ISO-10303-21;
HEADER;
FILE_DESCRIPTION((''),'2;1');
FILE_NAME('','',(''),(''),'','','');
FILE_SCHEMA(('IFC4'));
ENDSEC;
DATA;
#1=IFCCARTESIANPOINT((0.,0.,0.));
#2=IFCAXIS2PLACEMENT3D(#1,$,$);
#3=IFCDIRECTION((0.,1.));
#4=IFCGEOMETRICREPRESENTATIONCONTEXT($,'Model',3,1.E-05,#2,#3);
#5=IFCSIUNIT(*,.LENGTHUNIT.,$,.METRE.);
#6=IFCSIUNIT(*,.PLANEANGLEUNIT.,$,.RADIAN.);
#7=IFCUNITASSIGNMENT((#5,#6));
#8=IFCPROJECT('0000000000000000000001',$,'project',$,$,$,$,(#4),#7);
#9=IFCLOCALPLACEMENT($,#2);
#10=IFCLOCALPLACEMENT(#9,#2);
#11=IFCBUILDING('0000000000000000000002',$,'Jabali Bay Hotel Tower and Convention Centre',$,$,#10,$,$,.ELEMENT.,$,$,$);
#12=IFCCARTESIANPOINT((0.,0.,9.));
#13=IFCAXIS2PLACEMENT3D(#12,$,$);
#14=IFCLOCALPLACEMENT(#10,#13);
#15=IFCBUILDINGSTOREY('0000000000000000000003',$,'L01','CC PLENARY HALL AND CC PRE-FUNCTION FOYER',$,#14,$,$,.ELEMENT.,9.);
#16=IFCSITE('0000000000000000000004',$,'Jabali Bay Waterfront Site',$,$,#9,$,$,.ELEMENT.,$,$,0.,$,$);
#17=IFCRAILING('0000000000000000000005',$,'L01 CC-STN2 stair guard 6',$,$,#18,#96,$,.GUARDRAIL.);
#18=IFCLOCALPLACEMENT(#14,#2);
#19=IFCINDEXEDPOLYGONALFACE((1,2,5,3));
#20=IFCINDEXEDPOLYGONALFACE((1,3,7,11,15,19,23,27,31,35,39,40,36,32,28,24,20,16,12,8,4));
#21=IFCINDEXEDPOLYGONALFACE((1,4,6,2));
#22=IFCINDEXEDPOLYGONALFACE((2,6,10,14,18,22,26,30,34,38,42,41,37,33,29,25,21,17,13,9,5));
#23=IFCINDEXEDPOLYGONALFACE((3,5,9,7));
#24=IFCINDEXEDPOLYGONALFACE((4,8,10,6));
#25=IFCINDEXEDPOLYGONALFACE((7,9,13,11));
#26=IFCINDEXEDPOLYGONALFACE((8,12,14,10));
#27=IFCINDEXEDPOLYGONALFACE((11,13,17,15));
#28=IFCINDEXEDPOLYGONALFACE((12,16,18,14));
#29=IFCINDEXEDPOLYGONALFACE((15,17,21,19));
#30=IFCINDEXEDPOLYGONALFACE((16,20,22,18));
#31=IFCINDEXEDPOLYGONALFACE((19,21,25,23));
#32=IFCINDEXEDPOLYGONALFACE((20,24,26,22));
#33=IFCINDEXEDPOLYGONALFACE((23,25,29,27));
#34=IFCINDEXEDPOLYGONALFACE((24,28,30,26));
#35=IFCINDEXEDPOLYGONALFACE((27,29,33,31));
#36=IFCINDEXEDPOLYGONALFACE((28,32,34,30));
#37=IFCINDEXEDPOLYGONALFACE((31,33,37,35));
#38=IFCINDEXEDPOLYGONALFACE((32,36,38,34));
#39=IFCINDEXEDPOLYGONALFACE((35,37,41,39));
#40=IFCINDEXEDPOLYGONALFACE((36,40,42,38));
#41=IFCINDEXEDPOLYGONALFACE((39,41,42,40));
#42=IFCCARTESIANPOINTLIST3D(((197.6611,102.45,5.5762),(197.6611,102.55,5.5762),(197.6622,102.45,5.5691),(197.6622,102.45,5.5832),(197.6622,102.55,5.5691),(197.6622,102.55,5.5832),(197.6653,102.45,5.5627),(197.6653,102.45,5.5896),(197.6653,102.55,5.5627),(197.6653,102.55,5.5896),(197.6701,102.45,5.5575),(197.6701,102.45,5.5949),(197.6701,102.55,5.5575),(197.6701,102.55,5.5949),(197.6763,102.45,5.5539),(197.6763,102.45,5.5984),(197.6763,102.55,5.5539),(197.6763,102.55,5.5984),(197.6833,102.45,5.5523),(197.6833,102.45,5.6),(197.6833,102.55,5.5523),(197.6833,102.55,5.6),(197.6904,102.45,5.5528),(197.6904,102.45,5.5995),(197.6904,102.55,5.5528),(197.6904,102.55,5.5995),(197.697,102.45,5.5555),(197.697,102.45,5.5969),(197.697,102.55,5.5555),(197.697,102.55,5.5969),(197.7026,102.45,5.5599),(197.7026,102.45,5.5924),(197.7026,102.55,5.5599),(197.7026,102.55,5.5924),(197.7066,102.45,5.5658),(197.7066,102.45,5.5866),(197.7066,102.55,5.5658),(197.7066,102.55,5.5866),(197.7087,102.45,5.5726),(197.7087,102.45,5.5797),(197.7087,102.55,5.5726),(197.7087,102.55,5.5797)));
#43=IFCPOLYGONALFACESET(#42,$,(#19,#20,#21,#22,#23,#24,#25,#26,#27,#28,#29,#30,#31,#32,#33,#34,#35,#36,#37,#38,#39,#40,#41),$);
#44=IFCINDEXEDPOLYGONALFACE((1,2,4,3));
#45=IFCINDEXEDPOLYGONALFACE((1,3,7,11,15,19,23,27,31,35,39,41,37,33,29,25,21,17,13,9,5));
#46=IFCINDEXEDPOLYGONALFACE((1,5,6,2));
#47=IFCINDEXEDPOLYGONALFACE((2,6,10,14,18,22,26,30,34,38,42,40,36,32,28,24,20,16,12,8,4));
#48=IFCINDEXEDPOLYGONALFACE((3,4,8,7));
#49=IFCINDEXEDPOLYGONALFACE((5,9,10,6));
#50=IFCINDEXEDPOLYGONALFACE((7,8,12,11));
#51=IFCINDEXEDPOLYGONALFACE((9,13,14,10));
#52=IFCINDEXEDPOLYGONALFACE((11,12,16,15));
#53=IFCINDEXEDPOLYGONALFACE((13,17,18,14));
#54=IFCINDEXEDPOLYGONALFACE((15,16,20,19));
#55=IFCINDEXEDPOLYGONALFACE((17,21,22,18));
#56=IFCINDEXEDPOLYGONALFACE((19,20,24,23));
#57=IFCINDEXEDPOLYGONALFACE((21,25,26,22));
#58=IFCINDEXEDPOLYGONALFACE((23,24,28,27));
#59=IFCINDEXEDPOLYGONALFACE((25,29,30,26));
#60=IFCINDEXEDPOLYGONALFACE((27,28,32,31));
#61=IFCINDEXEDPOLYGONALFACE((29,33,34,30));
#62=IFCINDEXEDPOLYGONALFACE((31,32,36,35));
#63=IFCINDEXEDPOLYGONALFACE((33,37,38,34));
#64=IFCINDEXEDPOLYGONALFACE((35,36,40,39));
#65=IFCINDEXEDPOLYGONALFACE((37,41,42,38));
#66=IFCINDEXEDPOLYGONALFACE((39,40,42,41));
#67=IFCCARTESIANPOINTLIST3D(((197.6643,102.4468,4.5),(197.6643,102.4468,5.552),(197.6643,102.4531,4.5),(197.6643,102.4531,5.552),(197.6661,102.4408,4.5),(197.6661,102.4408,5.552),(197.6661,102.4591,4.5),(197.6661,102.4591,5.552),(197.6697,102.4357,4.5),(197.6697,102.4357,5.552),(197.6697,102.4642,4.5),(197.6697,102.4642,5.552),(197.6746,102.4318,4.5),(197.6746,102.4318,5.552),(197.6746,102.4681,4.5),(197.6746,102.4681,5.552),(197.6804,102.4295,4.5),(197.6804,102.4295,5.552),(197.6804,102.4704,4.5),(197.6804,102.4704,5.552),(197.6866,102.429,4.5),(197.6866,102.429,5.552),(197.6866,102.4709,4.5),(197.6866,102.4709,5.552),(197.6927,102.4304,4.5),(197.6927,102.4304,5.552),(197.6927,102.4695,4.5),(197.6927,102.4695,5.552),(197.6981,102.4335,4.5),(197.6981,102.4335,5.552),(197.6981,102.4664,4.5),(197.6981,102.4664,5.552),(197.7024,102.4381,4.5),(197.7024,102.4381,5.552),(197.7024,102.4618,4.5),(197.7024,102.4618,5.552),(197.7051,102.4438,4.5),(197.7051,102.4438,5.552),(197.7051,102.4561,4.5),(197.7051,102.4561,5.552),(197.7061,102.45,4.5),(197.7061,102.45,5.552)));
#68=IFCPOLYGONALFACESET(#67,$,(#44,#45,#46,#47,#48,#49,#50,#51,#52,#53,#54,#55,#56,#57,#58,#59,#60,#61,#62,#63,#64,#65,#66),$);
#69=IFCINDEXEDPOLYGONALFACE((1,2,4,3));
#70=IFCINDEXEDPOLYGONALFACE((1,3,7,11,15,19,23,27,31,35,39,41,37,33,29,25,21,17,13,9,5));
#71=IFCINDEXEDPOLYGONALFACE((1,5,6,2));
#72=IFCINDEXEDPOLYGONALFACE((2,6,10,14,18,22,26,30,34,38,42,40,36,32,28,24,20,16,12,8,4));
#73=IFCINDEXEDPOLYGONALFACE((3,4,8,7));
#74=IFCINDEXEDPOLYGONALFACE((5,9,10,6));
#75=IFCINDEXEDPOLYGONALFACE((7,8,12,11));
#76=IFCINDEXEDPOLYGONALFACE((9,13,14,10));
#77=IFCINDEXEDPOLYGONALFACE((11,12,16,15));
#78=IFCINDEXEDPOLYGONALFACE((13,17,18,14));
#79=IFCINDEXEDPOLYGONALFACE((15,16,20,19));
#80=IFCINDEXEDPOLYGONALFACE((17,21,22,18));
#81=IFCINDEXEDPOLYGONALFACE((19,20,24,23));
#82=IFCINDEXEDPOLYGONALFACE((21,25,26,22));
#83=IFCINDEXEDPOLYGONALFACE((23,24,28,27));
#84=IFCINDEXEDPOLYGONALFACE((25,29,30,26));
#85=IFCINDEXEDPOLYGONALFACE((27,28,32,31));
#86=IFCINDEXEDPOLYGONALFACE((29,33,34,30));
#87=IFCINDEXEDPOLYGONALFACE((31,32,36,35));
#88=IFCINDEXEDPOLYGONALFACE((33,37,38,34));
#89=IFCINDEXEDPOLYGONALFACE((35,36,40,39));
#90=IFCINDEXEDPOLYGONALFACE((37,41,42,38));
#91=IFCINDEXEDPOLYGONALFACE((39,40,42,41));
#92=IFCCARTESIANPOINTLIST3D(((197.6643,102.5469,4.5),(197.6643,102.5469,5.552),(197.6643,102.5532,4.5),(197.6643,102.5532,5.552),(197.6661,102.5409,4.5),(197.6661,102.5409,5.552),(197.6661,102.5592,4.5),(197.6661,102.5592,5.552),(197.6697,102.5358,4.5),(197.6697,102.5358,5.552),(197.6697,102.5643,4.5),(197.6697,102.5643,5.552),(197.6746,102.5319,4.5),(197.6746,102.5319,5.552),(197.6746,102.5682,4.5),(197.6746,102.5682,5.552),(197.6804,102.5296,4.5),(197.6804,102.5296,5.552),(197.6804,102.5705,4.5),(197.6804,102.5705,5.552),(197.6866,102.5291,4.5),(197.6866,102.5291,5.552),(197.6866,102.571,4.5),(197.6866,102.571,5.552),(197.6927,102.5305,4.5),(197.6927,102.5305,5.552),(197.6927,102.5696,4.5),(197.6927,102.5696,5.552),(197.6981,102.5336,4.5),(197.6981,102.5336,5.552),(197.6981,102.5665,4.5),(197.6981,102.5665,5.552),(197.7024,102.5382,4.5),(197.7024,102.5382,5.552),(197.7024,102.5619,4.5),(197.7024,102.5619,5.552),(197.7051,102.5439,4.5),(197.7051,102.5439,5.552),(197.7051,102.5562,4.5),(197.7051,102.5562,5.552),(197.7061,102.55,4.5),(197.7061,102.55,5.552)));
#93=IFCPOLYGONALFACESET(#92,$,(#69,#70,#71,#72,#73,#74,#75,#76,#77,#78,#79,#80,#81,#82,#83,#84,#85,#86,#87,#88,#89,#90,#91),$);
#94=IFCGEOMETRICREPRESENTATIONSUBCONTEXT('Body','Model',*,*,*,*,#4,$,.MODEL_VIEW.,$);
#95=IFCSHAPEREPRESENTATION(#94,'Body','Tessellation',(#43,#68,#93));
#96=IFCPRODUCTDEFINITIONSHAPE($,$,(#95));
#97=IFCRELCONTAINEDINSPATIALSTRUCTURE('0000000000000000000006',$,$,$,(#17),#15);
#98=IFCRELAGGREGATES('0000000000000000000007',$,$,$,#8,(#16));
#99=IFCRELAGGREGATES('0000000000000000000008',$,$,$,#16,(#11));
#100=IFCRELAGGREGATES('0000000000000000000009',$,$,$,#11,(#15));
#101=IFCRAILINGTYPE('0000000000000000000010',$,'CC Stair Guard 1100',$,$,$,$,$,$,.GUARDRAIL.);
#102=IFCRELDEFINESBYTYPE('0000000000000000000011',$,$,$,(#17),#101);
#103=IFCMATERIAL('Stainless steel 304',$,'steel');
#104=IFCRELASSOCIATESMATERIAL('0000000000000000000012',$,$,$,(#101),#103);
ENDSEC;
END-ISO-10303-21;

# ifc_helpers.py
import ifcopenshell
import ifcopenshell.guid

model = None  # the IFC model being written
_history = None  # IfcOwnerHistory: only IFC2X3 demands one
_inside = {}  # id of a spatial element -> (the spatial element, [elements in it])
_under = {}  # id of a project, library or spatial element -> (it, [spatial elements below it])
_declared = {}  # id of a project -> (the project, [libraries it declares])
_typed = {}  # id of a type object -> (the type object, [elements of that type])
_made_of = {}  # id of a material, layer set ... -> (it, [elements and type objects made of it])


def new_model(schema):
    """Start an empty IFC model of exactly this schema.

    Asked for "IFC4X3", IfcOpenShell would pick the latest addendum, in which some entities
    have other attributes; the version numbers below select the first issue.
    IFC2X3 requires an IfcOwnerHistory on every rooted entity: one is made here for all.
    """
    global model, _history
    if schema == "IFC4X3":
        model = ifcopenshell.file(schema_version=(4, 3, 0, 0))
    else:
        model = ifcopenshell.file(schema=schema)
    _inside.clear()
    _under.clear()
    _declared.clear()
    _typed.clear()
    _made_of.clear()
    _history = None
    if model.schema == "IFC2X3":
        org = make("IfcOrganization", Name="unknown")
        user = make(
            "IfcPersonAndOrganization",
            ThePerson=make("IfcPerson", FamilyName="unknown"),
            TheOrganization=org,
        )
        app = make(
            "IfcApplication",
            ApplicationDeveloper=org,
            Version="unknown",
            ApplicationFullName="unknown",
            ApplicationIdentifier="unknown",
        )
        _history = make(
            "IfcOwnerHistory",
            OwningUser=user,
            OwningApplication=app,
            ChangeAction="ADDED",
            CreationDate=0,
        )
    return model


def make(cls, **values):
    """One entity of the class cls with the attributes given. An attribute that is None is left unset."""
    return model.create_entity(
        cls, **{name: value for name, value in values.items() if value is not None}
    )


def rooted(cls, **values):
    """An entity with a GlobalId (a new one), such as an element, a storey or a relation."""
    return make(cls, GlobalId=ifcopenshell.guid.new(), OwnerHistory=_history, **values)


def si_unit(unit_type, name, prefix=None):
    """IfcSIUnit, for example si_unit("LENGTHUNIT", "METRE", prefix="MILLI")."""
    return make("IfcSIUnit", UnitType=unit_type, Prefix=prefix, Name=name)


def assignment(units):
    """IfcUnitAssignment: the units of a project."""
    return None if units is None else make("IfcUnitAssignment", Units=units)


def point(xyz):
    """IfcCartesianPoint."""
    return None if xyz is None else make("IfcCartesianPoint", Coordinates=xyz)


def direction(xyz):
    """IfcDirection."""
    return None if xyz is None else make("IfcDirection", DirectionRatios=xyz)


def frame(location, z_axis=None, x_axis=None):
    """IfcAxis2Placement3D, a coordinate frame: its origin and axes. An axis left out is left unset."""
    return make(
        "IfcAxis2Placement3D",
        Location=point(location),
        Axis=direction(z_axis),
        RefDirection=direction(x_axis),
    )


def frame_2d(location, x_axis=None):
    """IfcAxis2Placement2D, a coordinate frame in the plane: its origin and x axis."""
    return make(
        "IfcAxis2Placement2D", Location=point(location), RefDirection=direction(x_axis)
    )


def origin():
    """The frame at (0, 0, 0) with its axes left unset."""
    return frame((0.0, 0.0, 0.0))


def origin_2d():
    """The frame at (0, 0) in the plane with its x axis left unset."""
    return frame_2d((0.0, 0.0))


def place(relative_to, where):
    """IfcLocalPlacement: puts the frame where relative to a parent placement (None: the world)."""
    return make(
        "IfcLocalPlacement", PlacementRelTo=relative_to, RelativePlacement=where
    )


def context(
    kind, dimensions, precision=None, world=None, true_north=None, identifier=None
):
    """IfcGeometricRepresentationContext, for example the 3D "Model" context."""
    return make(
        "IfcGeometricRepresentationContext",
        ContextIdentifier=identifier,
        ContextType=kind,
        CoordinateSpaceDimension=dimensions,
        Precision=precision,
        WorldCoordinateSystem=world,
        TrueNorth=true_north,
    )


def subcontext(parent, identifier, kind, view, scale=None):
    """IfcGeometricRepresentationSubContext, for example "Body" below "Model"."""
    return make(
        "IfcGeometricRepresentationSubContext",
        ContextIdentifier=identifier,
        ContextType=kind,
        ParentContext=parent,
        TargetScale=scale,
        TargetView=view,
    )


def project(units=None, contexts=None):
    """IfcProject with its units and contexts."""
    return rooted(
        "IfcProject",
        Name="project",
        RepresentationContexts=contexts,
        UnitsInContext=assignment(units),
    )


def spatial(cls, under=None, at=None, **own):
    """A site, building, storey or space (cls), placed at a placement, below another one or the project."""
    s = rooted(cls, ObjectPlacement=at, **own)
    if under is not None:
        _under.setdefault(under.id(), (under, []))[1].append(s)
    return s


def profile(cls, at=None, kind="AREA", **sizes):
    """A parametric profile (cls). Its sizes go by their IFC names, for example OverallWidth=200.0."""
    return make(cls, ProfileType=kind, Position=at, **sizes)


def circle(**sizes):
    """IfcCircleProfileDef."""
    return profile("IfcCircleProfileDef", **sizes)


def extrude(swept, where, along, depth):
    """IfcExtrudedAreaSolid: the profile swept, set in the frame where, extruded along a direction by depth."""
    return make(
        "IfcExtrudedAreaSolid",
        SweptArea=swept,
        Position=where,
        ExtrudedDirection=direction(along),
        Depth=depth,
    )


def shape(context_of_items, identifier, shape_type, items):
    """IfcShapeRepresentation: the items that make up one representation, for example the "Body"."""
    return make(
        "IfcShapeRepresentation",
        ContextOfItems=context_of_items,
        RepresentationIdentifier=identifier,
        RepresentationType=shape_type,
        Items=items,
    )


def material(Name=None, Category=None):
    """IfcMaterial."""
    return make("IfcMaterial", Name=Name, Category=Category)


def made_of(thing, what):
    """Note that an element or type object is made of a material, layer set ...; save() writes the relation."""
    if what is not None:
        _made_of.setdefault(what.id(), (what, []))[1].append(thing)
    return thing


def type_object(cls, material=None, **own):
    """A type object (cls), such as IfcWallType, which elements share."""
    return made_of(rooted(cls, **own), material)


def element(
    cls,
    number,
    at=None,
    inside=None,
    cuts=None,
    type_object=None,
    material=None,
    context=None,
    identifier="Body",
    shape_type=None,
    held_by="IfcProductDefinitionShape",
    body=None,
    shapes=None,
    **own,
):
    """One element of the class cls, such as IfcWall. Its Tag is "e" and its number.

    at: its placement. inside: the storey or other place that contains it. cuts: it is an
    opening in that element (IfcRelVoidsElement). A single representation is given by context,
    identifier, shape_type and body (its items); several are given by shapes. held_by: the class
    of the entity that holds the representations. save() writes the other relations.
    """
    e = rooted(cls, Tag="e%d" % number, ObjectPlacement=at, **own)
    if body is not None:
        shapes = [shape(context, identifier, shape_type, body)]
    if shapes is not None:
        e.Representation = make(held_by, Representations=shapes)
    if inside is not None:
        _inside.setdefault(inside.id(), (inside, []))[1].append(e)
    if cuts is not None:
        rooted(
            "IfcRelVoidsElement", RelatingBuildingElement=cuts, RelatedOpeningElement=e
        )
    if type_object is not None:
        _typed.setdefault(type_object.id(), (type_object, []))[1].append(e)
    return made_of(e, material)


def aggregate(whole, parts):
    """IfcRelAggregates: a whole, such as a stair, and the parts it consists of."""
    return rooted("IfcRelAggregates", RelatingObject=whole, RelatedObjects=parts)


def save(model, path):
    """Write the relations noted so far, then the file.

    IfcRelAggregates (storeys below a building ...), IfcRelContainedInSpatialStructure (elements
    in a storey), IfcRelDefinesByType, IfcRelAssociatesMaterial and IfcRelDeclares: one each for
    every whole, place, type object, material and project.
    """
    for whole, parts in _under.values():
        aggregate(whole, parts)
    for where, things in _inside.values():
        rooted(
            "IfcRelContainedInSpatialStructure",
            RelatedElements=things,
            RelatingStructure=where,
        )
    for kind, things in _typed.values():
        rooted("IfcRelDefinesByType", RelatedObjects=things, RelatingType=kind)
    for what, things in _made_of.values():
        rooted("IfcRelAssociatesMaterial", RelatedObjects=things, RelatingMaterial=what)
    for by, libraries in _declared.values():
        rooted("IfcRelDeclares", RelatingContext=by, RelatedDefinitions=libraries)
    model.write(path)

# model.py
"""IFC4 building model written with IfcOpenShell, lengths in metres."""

from ifc_helpers import new_model, si_unit, direction, frame, origin, origin_2d, place, context, subcontext, project, spatial, circle, extrude, material, type_object, element, save


model = new_model("IFC4")

# Units and contexts
model_context = context("Model", 3, precision=1e-05, world=origin(), true_north=direction((0.0, 1.0)))
body_context = subcontext(model_context, "Body", "Model", "MODEL_VIEW")
ifc_project = project(units=[si_unit("LENGTHUNIT", "METRE"), si_unit("PLANEANGLEUNIT", "RADIAN")], contexts=[model_context])

# Site, building, storey
site_placement = place(None, origin())
site = spatial("IfcSite", under=ifc_project, at=site_placement, Name="Jabali Bay Waterfront Site", CompositionType="ELEMENT", RefElevation=0.0)
building_placement = place(site_placement, origin())
building = spatial("IfcBuilding", under=site, at=building_placement, Name="Jabali Bay Hotel Tower and Convention Centre", CompositionType="ELEMENT")
storey_placement = place(building_placement, frame((0.0, 0.0, 9.0)))
storey = spatial("IfcBuildingStorey", under=building, at=storey_placement, Name="L01", Description="CC PLENARY HALL AND CC PRE-FUNCTION FOYER", CompositionType="ELEMENT", Elevation=9.0)

# Railing
ifc_material_1 = material(Name="Stainless steel 304", Category="steel")
railing_type_1 = type_object("IfcRailingType", Name="CC Stair Guard 1100", PredefinedType="GUARDRAIL", material=ifc_material_1)
for number, where, name in (
    (1, (197.6851, 102.45, 4.5), "L01 CC-STN2 stair guard 6"),
):
    element("IfcRailing", number, at=place(storey_placement, frame(where)), inside=storey, type_object=railing_type_1, Name=name, PredefinedType="GUARDRAIL", context=body_context, shape_type="SweptSolid", body=[
        extrude(circle(Radius=0.0239, at=origin_2d()), frame((0.0, 0.0, 1.0762), z_axis=(0.0, 1.0, 0.0), x_axis=(-1.0, 0.0, 0.0)), (0.0, 0.0, 1.0), 0.1001),
        extrude(circle(Radius=0.021, at=origin_2d()), origin(), (0.0, 0.0, 1.0), 1.052),
        extrude(circle(Radius=0.021, at=origin_2d()), frame((0.0, 0.1001, 0.0)), (0.0, 0.0, 1.0), 1.052),
    ])

save(model, "model.ifc")
